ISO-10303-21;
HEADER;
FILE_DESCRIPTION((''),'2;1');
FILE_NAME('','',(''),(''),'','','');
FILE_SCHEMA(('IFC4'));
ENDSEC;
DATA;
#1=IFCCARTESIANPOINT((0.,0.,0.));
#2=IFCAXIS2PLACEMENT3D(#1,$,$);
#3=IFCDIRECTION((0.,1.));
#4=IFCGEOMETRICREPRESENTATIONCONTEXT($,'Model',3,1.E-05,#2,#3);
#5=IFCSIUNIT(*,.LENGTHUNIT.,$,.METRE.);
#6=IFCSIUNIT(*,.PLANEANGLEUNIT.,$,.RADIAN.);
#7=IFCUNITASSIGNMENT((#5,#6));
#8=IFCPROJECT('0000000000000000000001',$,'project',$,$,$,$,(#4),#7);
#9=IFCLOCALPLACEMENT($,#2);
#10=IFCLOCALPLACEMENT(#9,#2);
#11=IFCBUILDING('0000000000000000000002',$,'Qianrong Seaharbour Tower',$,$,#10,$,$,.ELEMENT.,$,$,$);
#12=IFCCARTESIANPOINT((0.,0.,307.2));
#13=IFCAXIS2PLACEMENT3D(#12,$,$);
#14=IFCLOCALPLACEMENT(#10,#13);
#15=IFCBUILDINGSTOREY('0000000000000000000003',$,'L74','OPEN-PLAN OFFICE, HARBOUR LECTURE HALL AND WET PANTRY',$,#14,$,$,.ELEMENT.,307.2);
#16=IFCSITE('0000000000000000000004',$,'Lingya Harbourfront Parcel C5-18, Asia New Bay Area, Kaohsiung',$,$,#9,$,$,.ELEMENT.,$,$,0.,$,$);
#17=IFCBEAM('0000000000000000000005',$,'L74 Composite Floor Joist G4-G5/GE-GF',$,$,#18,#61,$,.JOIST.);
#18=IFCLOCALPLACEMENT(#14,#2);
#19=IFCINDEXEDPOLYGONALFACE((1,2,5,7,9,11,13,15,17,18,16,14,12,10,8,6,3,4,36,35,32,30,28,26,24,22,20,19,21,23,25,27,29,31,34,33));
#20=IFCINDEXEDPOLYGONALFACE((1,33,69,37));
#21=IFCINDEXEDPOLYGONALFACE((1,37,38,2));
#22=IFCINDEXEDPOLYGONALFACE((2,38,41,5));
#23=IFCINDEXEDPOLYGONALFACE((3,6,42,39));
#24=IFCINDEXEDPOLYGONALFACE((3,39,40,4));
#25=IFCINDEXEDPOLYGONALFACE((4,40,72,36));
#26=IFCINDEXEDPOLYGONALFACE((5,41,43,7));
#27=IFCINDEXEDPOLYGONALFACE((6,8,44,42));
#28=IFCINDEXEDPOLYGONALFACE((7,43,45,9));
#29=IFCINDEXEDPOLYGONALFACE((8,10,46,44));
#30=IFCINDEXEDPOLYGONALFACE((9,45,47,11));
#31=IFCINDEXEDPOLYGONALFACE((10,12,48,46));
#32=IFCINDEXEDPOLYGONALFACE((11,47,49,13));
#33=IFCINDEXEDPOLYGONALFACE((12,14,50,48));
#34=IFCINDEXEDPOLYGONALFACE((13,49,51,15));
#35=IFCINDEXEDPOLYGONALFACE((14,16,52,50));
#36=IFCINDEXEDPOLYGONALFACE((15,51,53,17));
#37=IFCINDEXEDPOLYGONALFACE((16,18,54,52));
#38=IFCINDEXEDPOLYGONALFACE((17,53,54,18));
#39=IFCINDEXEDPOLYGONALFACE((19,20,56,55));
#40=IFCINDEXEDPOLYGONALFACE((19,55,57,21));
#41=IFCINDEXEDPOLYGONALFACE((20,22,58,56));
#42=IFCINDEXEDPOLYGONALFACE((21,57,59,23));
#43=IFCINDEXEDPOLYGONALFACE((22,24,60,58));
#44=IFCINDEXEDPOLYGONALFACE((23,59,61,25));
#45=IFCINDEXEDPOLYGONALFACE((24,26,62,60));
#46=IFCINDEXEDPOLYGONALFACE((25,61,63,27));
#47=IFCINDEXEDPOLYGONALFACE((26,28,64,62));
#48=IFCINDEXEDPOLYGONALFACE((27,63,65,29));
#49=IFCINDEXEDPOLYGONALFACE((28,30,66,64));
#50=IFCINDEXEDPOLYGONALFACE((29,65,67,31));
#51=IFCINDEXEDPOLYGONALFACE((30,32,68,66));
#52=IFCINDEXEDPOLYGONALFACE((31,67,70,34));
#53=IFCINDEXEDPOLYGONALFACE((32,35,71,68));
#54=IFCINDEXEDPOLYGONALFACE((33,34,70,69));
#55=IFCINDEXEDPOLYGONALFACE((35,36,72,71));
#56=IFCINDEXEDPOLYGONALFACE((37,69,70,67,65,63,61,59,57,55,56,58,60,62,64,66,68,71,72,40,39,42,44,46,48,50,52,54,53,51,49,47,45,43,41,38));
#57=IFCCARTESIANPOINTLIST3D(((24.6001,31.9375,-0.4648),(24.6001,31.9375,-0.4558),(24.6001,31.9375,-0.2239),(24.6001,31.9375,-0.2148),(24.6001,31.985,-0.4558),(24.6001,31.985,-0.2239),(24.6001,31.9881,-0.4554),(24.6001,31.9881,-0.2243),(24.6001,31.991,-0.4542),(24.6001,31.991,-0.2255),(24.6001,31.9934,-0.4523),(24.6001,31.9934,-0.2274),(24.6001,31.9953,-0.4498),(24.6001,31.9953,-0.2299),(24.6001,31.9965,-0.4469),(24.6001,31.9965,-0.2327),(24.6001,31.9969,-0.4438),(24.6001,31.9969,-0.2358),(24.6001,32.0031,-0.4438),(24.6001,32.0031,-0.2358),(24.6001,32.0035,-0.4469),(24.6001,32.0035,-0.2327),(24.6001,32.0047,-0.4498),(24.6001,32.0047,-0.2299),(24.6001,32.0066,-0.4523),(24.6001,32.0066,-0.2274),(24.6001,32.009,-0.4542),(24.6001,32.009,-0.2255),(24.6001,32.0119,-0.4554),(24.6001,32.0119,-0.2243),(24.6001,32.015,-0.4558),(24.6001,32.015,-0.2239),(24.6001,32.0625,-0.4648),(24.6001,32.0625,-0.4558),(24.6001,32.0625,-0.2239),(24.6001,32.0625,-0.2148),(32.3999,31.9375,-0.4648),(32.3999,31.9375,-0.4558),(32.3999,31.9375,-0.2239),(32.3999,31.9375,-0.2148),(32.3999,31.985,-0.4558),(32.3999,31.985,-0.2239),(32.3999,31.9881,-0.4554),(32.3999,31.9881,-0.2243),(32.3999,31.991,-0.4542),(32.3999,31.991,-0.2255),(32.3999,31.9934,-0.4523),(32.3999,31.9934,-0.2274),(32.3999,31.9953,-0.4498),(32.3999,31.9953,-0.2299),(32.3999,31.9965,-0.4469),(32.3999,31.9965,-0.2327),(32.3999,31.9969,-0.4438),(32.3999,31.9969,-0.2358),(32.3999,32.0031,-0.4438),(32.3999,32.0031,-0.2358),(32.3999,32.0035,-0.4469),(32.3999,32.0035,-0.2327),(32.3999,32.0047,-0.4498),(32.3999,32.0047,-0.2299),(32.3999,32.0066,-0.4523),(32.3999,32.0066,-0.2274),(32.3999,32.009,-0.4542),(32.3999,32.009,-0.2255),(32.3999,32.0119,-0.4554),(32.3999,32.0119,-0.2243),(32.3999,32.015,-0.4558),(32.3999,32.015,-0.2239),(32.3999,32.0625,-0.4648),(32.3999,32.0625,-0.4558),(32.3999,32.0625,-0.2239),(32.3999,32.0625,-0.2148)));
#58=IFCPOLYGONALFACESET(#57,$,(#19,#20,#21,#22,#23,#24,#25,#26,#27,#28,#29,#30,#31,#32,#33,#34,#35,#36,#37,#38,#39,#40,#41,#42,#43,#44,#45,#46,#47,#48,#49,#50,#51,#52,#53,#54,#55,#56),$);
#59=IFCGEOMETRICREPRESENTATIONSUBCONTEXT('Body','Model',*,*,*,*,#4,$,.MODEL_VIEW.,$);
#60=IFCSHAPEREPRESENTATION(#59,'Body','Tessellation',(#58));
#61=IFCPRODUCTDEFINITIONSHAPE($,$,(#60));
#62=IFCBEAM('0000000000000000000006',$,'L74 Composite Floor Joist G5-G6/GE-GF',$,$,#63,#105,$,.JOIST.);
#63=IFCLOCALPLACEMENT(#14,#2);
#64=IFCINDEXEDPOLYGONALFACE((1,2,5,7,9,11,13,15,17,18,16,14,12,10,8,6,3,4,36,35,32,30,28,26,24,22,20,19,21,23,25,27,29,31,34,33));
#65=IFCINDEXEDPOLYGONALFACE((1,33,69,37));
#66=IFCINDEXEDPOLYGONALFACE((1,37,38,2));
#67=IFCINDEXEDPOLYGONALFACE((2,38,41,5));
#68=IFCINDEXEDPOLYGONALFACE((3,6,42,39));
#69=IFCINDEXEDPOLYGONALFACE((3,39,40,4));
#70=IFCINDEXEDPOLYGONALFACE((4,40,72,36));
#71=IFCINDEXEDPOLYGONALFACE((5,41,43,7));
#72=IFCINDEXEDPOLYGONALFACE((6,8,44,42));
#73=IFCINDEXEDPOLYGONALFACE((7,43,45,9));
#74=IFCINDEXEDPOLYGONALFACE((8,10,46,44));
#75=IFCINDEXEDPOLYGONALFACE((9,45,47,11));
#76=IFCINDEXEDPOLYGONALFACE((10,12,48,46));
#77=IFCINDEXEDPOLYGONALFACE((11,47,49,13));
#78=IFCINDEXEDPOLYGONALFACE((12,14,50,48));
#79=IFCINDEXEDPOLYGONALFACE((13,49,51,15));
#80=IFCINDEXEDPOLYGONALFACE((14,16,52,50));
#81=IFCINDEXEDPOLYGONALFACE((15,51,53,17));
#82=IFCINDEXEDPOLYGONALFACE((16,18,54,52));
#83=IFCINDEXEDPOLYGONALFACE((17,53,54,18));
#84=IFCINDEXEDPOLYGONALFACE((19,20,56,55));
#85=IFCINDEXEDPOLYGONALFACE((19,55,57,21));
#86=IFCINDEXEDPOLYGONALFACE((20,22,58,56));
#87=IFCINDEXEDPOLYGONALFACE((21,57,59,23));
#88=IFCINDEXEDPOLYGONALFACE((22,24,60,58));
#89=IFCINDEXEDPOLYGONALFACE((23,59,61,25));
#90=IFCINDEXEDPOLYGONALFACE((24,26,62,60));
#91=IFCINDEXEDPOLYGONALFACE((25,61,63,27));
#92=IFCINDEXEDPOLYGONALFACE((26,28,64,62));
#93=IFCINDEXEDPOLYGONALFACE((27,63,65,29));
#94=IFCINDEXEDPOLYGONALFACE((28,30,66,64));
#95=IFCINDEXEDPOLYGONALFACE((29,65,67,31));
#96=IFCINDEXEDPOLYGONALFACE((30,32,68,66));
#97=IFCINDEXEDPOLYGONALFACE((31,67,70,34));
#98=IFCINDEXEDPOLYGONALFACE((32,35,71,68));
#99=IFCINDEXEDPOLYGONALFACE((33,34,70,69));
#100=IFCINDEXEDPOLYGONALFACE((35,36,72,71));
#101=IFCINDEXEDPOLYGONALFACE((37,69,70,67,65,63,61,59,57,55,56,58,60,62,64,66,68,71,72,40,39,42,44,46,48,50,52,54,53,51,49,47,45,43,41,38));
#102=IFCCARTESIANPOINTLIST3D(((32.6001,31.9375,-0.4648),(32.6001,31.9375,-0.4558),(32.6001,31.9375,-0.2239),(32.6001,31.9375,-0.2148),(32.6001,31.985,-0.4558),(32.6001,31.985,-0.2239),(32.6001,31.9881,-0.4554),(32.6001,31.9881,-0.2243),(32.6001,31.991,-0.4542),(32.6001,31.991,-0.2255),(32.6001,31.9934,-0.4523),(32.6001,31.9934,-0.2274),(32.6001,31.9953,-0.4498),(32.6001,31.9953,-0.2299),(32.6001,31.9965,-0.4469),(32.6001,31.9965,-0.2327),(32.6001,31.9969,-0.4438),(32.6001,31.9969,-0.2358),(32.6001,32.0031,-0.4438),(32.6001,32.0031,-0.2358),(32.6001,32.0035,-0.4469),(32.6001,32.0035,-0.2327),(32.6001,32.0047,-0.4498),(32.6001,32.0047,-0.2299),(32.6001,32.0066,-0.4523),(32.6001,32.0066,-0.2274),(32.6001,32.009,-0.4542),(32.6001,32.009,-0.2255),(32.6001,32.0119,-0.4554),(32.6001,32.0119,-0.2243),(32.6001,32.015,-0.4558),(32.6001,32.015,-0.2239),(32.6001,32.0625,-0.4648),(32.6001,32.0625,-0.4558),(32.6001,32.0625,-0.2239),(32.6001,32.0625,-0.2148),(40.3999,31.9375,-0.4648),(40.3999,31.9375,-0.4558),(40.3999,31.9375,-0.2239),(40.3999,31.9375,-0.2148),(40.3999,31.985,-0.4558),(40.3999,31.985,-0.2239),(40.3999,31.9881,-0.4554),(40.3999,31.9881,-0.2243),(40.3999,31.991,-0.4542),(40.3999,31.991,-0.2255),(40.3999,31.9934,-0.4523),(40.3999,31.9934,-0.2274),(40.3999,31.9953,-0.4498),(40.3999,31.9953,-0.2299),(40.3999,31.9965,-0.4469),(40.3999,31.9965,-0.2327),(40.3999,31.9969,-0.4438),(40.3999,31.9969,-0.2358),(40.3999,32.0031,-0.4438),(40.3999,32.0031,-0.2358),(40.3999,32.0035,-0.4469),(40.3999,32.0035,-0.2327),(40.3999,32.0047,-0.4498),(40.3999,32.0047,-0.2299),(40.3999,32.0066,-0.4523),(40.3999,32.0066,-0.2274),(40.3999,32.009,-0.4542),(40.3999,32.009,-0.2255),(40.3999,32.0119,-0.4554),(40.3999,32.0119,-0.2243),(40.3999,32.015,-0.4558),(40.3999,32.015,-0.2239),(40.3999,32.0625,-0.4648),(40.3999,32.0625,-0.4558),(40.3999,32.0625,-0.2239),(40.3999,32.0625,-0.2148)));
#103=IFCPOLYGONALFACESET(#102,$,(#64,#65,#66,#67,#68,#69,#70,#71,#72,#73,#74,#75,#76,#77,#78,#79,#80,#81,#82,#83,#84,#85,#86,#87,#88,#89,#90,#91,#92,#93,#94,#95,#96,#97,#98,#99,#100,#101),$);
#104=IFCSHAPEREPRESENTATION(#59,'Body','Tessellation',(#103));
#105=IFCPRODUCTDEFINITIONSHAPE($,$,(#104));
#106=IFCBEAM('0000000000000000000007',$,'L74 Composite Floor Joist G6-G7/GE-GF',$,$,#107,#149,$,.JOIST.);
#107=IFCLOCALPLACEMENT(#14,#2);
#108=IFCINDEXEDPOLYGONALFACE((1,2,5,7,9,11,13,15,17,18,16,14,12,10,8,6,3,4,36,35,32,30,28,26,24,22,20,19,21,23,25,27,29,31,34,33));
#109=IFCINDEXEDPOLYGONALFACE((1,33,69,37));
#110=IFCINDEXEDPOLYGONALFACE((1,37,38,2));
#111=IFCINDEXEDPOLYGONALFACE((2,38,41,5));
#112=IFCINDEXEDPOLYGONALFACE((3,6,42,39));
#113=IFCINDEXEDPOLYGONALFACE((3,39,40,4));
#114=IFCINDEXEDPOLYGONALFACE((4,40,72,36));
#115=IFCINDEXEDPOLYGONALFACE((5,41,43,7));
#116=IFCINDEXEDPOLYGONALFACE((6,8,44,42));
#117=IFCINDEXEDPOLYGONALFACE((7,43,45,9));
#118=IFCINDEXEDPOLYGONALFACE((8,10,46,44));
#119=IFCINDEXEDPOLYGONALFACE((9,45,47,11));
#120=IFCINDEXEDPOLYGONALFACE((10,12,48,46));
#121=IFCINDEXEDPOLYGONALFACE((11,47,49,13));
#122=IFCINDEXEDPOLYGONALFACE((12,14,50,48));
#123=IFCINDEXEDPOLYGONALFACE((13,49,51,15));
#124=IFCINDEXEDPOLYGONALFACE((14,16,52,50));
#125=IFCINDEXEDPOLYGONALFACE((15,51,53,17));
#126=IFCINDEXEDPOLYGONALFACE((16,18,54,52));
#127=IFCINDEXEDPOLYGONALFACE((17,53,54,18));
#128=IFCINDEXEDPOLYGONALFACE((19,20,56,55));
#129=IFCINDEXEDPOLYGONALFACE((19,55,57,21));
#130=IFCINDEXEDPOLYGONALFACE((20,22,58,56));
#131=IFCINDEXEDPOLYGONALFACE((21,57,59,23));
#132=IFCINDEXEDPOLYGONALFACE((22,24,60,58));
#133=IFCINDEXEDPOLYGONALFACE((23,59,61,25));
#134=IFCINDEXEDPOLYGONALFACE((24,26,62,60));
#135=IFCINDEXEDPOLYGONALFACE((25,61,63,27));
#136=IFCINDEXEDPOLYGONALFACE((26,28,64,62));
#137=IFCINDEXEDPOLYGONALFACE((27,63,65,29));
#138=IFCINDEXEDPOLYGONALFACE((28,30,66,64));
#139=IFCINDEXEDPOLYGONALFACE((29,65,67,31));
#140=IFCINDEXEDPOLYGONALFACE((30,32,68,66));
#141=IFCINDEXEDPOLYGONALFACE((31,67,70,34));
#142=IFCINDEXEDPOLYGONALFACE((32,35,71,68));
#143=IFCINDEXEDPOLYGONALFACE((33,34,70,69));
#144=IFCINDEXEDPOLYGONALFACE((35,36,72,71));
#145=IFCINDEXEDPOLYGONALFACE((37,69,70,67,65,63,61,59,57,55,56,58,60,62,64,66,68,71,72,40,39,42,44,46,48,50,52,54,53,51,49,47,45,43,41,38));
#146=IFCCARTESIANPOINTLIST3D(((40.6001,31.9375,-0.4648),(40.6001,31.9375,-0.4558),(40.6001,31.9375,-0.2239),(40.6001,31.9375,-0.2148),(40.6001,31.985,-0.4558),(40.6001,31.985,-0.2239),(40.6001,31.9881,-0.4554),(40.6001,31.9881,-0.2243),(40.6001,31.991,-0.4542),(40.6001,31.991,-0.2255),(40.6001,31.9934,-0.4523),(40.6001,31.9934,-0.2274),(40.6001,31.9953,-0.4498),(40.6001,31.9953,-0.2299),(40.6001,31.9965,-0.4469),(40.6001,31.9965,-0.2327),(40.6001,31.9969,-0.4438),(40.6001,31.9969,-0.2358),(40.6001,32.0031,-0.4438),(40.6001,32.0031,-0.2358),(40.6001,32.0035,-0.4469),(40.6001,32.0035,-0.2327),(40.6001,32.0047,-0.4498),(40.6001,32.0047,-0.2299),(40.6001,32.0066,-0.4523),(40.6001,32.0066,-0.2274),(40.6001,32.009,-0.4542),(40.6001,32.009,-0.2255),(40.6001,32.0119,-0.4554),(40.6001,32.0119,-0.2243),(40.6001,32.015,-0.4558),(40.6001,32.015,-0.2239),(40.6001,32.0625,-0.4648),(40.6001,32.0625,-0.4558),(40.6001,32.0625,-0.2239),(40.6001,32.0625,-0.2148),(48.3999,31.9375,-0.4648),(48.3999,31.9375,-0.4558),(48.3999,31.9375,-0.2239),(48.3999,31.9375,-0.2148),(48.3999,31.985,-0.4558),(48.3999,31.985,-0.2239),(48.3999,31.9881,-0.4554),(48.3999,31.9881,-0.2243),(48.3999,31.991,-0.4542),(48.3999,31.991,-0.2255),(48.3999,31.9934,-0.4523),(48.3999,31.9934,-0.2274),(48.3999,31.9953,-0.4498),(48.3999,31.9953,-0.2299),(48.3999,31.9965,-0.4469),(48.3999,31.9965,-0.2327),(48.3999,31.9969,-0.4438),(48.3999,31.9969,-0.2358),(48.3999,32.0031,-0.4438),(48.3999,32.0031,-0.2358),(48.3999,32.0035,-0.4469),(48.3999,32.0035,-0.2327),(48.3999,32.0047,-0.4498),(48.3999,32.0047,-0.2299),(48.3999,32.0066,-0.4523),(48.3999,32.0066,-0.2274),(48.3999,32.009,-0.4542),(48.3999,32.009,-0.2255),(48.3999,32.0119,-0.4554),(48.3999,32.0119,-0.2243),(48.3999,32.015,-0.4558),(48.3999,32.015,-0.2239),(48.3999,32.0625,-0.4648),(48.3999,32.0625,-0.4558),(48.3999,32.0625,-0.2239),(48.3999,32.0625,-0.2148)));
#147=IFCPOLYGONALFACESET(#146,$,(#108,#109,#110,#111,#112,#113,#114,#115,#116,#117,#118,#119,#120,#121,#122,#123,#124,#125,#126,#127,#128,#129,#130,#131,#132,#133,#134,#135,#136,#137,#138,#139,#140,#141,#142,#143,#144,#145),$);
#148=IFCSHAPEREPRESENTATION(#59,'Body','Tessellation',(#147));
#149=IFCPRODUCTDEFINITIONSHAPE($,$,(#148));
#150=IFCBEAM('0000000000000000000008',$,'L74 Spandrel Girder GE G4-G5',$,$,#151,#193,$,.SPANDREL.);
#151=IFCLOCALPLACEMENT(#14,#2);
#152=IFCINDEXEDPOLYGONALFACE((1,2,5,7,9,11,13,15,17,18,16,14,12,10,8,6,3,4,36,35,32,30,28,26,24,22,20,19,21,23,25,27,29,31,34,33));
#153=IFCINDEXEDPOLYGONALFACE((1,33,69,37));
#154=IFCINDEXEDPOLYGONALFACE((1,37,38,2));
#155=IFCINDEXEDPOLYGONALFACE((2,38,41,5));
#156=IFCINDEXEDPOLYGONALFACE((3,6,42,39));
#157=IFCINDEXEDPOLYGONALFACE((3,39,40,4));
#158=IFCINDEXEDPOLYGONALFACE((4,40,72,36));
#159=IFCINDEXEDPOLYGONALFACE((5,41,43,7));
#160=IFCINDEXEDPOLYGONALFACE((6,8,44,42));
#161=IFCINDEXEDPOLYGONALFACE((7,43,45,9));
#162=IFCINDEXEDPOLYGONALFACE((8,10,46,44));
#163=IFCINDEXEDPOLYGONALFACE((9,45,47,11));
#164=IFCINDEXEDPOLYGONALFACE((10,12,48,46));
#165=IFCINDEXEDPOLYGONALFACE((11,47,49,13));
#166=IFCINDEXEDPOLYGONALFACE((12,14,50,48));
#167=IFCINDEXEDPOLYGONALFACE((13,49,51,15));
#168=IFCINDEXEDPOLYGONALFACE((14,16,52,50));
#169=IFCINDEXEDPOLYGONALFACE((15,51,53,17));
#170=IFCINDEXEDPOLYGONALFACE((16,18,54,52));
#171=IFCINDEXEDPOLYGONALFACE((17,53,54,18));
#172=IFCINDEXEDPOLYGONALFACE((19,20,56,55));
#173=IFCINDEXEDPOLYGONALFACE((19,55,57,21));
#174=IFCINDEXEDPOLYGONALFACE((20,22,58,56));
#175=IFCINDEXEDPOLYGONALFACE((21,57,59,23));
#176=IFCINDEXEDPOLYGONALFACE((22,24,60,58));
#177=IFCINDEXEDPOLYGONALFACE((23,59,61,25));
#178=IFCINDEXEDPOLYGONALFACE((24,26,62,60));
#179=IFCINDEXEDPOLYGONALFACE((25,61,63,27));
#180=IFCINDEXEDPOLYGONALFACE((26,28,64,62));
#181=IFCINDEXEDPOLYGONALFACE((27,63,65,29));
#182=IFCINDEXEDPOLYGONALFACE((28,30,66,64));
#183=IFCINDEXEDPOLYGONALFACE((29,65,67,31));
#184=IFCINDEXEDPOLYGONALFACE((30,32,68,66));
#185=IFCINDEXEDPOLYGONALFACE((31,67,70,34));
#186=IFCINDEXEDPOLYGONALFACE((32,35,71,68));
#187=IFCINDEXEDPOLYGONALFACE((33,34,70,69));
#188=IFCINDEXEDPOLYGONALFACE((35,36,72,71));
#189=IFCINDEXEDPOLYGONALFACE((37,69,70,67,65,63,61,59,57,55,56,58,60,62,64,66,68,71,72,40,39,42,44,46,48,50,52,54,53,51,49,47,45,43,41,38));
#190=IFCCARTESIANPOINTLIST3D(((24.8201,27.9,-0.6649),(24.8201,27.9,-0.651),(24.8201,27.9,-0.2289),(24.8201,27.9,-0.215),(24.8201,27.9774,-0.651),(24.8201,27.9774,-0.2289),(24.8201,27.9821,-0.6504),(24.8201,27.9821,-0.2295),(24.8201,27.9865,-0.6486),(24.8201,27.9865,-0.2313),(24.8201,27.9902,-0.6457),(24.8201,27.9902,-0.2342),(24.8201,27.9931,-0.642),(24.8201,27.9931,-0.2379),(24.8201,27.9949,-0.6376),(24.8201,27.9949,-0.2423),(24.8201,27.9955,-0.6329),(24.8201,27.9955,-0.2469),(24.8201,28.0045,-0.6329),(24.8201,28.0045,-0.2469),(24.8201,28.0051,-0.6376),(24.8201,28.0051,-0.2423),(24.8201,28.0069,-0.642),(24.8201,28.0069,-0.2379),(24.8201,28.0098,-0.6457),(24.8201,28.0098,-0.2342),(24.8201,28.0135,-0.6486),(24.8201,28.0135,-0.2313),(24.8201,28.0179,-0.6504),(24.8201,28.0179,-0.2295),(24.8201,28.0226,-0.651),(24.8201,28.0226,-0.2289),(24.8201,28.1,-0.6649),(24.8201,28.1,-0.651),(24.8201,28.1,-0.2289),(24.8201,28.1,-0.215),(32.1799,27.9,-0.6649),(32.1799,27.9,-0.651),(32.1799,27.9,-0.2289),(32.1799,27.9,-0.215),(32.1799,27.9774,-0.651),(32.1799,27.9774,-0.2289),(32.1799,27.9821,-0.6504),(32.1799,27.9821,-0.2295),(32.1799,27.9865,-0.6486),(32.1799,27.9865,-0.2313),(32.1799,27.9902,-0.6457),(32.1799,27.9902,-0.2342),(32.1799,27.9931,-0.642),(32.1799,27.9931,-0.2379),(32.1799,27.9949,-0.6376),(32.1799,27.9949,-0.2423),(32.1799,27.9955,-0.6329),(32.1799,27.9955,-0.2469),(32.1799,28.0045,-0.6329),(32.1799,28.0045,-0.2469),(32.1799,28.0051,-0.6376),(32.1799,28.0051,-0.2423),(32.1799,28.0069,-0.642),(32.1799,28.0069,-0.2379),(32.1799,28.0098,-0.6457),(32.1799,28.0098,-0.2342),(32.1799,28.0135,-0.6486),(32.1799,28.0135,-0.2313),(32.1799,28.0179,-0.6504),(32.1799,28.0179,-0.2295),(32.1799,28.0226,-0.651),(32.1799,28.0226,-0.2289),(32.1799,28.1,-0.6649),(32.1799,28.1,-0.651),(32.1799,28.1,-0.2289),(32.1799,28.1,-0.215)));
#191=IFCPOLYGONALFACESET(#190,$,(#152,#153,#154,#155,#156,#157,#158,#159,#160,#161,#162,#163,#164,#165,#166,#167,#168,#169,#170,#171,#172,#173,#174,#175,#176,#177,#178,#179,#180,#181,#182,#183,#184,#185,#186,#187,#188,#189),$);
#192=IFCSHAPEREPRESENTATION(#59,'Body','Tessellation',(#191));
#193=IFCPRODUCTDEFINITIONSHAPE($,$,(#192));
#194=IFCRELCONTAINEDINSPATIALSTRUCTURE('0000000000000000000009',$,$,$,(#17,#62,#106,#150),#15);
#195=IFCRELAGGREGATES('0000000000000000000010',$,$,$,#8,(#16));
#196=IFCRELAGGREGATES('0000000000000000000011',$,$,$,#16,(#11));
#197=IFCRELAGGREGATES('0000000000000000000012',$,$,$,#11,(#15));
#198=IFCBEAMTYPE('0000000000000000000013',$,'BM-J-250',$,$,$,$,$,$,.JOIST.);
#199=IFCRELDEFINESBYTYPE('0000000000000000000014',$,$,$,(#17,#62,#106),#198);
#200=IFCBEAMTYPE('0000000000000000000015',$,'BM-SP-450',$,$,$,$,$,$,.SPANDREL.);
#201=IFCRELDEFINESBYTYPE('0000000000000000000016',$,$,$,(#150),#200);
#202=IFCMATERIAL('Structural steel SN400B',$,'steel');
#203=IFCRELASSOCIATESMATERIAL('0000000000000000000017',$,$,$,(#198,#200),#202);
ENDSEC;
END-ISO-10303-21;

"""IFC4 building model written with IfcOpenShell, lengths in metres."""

from ifc_helpers import new_model, si_unit, direction, frame, origin, origin_2d, place, context, subcontext, project, spatial, i_section, extrude, material, material_profile, profile_set, type_object, element, save


model = new_model("IFC4")

# Units and contexts
model_context = context("Model", 3, precision=1e-05, world=origin(), true_north=direction((0.0, 1.0)))
body_context = subcontext(model_context, "Body", "Model", "MODEL_VIEW")
ifc_project = project(units=[si_unit("LENGTHUNIT", "METRE"), si_unit("PLANEANGLEUNIT", "RADIAN")], contexts=[model_context])

# Site, building, storey
site_placement = place(None, origin())
site = spatial("IfcSite", under=ifc_project, at=site_placement, Name="Lingya Harbourfront Parcel C5-18, Asia New Bay Area, Kaohsiung", CompositionType="ELEMENT", RefElevation=0.0)
building_placement = place(site_placement, origin())
building = spatial("IfcBuilding", under=site, at=building_placement, Name="Qianrong Seaharbour Tower", CompositionType="ELEMENT")
storey_placement = place(building_placement, frame((0.0, 0.0, 307.2)))
storey = spatial("IfcBuildingStorey", under=building, at=storey_placement, Name="L74", Description="OPEN-PLAN OFFICE, HARBOUR LECTURE HALL AND WET PANTRY", CompositionType="ELEMENT", Elevation=307.2)

# Shared definitions
ifc_material_1 = material(Name="Structural steel SN400B", Category="steel")

# Beams
ifc_material_profile_1 = material_profile(ifc_material_1, i_section(OverallWidth=0.125, OverallDepth=0.25, WebThickness=0.0061, FlangeThickness=0.009, FilletRadius=0.012, at=origin_2d()), Name="H250x125x6x9")
ifc_profile_set_1 = profile_set([ifc_material_profile_1], Name="Structural steel SN400B")
beam_type_1 = type_object("IfcBeamType", Name="BM-J-250", PredefinedType="JOIST", material=ifc_profile_set_1)
for number, where, z_axis, x_axis, name in (
    (1, (24.6001, 32.0, -0.3398), (1.0, 0.0, 0.0), (0.0, 1.0, 0.0), "L74 Composite Floor Joist G4-G5/GE-GF"),
    (2, (32.6001, 32.0, -0.3398), (1.0, 0.0, 0.0), (0.0, 1.0, 0.0), "L74 Composite Floor Joist G5-G6/GE-GF"),
    (3, (40.6001, 32.0, -0.3398), (1.0, 0.0, 0.0), (0.0, 1.0, 0.0), "L74 Composite Floor Joist G6-G7/GE-GF"),
):
    element("IfcBeam", number, at=place(storey_placement, frame(where, z_axis=z_axis, x_axis=x_axis)), inside=storey, type_object=beam_type_1, Name=name, PredefinedType="JOIST", context=body_context, shape_type="SweptSolid", body=[
        extrude(i_section(OverallWidth=0.125, OverallDepth=0.25, WebThickness=0.0061, FlangeThickness=0.009, FilletRadius=0.012, at=origin_2d()), origin(), (0.0, 0.0, 1.0), 7.7998),
    ])
ifc_material_profile_2 = material_profile(ifc_material_1, i_section(OverallWidth=0.2, OverallDepth=0.45, WebThickness=0.009, FlangeThickness=0.0139, FilletRadius=0.0181, at=origin_2d()), Name="H450x200x9x14")
ifc_profile_set_2 = profile_set([ifc_material_profile_2], Name="Structural steel SN400B")
beam_type_2 = type_object("IfcBeamType", Name="BM-SP-450", PredefinedType="SPANDREL", material=ifc_profile_set_2)
for number, where, z_axis, x_axis, name in (
    (4, (24.8201, 28.0, -0.4399), (1.0, 0.0, 0.0), (0.0, 1.0, 0.0), "L74 Spandrel Girder GE G4-G5"),
):
    element("IfcBeam", number, at=place(storey_placement, frame(where, z_axis=z_axis, x_axis=x_axis)), inside=storey, type_object=beam_type_2, Name=name, PredefinedType="SPANDREL", context=body_context, shape_type="SweptSolid", body=[
        extrude(i_section(OverallWidth=0.2, OverallDepth=0.45, WebThickness=0.009, FlangeThickness=0.0139, FilletRadius=0.0181, at=origin_2d()), origin(), (0.0, 0.0, 1.0), 7.3599),
    ])

save(model, "model.ifc")
